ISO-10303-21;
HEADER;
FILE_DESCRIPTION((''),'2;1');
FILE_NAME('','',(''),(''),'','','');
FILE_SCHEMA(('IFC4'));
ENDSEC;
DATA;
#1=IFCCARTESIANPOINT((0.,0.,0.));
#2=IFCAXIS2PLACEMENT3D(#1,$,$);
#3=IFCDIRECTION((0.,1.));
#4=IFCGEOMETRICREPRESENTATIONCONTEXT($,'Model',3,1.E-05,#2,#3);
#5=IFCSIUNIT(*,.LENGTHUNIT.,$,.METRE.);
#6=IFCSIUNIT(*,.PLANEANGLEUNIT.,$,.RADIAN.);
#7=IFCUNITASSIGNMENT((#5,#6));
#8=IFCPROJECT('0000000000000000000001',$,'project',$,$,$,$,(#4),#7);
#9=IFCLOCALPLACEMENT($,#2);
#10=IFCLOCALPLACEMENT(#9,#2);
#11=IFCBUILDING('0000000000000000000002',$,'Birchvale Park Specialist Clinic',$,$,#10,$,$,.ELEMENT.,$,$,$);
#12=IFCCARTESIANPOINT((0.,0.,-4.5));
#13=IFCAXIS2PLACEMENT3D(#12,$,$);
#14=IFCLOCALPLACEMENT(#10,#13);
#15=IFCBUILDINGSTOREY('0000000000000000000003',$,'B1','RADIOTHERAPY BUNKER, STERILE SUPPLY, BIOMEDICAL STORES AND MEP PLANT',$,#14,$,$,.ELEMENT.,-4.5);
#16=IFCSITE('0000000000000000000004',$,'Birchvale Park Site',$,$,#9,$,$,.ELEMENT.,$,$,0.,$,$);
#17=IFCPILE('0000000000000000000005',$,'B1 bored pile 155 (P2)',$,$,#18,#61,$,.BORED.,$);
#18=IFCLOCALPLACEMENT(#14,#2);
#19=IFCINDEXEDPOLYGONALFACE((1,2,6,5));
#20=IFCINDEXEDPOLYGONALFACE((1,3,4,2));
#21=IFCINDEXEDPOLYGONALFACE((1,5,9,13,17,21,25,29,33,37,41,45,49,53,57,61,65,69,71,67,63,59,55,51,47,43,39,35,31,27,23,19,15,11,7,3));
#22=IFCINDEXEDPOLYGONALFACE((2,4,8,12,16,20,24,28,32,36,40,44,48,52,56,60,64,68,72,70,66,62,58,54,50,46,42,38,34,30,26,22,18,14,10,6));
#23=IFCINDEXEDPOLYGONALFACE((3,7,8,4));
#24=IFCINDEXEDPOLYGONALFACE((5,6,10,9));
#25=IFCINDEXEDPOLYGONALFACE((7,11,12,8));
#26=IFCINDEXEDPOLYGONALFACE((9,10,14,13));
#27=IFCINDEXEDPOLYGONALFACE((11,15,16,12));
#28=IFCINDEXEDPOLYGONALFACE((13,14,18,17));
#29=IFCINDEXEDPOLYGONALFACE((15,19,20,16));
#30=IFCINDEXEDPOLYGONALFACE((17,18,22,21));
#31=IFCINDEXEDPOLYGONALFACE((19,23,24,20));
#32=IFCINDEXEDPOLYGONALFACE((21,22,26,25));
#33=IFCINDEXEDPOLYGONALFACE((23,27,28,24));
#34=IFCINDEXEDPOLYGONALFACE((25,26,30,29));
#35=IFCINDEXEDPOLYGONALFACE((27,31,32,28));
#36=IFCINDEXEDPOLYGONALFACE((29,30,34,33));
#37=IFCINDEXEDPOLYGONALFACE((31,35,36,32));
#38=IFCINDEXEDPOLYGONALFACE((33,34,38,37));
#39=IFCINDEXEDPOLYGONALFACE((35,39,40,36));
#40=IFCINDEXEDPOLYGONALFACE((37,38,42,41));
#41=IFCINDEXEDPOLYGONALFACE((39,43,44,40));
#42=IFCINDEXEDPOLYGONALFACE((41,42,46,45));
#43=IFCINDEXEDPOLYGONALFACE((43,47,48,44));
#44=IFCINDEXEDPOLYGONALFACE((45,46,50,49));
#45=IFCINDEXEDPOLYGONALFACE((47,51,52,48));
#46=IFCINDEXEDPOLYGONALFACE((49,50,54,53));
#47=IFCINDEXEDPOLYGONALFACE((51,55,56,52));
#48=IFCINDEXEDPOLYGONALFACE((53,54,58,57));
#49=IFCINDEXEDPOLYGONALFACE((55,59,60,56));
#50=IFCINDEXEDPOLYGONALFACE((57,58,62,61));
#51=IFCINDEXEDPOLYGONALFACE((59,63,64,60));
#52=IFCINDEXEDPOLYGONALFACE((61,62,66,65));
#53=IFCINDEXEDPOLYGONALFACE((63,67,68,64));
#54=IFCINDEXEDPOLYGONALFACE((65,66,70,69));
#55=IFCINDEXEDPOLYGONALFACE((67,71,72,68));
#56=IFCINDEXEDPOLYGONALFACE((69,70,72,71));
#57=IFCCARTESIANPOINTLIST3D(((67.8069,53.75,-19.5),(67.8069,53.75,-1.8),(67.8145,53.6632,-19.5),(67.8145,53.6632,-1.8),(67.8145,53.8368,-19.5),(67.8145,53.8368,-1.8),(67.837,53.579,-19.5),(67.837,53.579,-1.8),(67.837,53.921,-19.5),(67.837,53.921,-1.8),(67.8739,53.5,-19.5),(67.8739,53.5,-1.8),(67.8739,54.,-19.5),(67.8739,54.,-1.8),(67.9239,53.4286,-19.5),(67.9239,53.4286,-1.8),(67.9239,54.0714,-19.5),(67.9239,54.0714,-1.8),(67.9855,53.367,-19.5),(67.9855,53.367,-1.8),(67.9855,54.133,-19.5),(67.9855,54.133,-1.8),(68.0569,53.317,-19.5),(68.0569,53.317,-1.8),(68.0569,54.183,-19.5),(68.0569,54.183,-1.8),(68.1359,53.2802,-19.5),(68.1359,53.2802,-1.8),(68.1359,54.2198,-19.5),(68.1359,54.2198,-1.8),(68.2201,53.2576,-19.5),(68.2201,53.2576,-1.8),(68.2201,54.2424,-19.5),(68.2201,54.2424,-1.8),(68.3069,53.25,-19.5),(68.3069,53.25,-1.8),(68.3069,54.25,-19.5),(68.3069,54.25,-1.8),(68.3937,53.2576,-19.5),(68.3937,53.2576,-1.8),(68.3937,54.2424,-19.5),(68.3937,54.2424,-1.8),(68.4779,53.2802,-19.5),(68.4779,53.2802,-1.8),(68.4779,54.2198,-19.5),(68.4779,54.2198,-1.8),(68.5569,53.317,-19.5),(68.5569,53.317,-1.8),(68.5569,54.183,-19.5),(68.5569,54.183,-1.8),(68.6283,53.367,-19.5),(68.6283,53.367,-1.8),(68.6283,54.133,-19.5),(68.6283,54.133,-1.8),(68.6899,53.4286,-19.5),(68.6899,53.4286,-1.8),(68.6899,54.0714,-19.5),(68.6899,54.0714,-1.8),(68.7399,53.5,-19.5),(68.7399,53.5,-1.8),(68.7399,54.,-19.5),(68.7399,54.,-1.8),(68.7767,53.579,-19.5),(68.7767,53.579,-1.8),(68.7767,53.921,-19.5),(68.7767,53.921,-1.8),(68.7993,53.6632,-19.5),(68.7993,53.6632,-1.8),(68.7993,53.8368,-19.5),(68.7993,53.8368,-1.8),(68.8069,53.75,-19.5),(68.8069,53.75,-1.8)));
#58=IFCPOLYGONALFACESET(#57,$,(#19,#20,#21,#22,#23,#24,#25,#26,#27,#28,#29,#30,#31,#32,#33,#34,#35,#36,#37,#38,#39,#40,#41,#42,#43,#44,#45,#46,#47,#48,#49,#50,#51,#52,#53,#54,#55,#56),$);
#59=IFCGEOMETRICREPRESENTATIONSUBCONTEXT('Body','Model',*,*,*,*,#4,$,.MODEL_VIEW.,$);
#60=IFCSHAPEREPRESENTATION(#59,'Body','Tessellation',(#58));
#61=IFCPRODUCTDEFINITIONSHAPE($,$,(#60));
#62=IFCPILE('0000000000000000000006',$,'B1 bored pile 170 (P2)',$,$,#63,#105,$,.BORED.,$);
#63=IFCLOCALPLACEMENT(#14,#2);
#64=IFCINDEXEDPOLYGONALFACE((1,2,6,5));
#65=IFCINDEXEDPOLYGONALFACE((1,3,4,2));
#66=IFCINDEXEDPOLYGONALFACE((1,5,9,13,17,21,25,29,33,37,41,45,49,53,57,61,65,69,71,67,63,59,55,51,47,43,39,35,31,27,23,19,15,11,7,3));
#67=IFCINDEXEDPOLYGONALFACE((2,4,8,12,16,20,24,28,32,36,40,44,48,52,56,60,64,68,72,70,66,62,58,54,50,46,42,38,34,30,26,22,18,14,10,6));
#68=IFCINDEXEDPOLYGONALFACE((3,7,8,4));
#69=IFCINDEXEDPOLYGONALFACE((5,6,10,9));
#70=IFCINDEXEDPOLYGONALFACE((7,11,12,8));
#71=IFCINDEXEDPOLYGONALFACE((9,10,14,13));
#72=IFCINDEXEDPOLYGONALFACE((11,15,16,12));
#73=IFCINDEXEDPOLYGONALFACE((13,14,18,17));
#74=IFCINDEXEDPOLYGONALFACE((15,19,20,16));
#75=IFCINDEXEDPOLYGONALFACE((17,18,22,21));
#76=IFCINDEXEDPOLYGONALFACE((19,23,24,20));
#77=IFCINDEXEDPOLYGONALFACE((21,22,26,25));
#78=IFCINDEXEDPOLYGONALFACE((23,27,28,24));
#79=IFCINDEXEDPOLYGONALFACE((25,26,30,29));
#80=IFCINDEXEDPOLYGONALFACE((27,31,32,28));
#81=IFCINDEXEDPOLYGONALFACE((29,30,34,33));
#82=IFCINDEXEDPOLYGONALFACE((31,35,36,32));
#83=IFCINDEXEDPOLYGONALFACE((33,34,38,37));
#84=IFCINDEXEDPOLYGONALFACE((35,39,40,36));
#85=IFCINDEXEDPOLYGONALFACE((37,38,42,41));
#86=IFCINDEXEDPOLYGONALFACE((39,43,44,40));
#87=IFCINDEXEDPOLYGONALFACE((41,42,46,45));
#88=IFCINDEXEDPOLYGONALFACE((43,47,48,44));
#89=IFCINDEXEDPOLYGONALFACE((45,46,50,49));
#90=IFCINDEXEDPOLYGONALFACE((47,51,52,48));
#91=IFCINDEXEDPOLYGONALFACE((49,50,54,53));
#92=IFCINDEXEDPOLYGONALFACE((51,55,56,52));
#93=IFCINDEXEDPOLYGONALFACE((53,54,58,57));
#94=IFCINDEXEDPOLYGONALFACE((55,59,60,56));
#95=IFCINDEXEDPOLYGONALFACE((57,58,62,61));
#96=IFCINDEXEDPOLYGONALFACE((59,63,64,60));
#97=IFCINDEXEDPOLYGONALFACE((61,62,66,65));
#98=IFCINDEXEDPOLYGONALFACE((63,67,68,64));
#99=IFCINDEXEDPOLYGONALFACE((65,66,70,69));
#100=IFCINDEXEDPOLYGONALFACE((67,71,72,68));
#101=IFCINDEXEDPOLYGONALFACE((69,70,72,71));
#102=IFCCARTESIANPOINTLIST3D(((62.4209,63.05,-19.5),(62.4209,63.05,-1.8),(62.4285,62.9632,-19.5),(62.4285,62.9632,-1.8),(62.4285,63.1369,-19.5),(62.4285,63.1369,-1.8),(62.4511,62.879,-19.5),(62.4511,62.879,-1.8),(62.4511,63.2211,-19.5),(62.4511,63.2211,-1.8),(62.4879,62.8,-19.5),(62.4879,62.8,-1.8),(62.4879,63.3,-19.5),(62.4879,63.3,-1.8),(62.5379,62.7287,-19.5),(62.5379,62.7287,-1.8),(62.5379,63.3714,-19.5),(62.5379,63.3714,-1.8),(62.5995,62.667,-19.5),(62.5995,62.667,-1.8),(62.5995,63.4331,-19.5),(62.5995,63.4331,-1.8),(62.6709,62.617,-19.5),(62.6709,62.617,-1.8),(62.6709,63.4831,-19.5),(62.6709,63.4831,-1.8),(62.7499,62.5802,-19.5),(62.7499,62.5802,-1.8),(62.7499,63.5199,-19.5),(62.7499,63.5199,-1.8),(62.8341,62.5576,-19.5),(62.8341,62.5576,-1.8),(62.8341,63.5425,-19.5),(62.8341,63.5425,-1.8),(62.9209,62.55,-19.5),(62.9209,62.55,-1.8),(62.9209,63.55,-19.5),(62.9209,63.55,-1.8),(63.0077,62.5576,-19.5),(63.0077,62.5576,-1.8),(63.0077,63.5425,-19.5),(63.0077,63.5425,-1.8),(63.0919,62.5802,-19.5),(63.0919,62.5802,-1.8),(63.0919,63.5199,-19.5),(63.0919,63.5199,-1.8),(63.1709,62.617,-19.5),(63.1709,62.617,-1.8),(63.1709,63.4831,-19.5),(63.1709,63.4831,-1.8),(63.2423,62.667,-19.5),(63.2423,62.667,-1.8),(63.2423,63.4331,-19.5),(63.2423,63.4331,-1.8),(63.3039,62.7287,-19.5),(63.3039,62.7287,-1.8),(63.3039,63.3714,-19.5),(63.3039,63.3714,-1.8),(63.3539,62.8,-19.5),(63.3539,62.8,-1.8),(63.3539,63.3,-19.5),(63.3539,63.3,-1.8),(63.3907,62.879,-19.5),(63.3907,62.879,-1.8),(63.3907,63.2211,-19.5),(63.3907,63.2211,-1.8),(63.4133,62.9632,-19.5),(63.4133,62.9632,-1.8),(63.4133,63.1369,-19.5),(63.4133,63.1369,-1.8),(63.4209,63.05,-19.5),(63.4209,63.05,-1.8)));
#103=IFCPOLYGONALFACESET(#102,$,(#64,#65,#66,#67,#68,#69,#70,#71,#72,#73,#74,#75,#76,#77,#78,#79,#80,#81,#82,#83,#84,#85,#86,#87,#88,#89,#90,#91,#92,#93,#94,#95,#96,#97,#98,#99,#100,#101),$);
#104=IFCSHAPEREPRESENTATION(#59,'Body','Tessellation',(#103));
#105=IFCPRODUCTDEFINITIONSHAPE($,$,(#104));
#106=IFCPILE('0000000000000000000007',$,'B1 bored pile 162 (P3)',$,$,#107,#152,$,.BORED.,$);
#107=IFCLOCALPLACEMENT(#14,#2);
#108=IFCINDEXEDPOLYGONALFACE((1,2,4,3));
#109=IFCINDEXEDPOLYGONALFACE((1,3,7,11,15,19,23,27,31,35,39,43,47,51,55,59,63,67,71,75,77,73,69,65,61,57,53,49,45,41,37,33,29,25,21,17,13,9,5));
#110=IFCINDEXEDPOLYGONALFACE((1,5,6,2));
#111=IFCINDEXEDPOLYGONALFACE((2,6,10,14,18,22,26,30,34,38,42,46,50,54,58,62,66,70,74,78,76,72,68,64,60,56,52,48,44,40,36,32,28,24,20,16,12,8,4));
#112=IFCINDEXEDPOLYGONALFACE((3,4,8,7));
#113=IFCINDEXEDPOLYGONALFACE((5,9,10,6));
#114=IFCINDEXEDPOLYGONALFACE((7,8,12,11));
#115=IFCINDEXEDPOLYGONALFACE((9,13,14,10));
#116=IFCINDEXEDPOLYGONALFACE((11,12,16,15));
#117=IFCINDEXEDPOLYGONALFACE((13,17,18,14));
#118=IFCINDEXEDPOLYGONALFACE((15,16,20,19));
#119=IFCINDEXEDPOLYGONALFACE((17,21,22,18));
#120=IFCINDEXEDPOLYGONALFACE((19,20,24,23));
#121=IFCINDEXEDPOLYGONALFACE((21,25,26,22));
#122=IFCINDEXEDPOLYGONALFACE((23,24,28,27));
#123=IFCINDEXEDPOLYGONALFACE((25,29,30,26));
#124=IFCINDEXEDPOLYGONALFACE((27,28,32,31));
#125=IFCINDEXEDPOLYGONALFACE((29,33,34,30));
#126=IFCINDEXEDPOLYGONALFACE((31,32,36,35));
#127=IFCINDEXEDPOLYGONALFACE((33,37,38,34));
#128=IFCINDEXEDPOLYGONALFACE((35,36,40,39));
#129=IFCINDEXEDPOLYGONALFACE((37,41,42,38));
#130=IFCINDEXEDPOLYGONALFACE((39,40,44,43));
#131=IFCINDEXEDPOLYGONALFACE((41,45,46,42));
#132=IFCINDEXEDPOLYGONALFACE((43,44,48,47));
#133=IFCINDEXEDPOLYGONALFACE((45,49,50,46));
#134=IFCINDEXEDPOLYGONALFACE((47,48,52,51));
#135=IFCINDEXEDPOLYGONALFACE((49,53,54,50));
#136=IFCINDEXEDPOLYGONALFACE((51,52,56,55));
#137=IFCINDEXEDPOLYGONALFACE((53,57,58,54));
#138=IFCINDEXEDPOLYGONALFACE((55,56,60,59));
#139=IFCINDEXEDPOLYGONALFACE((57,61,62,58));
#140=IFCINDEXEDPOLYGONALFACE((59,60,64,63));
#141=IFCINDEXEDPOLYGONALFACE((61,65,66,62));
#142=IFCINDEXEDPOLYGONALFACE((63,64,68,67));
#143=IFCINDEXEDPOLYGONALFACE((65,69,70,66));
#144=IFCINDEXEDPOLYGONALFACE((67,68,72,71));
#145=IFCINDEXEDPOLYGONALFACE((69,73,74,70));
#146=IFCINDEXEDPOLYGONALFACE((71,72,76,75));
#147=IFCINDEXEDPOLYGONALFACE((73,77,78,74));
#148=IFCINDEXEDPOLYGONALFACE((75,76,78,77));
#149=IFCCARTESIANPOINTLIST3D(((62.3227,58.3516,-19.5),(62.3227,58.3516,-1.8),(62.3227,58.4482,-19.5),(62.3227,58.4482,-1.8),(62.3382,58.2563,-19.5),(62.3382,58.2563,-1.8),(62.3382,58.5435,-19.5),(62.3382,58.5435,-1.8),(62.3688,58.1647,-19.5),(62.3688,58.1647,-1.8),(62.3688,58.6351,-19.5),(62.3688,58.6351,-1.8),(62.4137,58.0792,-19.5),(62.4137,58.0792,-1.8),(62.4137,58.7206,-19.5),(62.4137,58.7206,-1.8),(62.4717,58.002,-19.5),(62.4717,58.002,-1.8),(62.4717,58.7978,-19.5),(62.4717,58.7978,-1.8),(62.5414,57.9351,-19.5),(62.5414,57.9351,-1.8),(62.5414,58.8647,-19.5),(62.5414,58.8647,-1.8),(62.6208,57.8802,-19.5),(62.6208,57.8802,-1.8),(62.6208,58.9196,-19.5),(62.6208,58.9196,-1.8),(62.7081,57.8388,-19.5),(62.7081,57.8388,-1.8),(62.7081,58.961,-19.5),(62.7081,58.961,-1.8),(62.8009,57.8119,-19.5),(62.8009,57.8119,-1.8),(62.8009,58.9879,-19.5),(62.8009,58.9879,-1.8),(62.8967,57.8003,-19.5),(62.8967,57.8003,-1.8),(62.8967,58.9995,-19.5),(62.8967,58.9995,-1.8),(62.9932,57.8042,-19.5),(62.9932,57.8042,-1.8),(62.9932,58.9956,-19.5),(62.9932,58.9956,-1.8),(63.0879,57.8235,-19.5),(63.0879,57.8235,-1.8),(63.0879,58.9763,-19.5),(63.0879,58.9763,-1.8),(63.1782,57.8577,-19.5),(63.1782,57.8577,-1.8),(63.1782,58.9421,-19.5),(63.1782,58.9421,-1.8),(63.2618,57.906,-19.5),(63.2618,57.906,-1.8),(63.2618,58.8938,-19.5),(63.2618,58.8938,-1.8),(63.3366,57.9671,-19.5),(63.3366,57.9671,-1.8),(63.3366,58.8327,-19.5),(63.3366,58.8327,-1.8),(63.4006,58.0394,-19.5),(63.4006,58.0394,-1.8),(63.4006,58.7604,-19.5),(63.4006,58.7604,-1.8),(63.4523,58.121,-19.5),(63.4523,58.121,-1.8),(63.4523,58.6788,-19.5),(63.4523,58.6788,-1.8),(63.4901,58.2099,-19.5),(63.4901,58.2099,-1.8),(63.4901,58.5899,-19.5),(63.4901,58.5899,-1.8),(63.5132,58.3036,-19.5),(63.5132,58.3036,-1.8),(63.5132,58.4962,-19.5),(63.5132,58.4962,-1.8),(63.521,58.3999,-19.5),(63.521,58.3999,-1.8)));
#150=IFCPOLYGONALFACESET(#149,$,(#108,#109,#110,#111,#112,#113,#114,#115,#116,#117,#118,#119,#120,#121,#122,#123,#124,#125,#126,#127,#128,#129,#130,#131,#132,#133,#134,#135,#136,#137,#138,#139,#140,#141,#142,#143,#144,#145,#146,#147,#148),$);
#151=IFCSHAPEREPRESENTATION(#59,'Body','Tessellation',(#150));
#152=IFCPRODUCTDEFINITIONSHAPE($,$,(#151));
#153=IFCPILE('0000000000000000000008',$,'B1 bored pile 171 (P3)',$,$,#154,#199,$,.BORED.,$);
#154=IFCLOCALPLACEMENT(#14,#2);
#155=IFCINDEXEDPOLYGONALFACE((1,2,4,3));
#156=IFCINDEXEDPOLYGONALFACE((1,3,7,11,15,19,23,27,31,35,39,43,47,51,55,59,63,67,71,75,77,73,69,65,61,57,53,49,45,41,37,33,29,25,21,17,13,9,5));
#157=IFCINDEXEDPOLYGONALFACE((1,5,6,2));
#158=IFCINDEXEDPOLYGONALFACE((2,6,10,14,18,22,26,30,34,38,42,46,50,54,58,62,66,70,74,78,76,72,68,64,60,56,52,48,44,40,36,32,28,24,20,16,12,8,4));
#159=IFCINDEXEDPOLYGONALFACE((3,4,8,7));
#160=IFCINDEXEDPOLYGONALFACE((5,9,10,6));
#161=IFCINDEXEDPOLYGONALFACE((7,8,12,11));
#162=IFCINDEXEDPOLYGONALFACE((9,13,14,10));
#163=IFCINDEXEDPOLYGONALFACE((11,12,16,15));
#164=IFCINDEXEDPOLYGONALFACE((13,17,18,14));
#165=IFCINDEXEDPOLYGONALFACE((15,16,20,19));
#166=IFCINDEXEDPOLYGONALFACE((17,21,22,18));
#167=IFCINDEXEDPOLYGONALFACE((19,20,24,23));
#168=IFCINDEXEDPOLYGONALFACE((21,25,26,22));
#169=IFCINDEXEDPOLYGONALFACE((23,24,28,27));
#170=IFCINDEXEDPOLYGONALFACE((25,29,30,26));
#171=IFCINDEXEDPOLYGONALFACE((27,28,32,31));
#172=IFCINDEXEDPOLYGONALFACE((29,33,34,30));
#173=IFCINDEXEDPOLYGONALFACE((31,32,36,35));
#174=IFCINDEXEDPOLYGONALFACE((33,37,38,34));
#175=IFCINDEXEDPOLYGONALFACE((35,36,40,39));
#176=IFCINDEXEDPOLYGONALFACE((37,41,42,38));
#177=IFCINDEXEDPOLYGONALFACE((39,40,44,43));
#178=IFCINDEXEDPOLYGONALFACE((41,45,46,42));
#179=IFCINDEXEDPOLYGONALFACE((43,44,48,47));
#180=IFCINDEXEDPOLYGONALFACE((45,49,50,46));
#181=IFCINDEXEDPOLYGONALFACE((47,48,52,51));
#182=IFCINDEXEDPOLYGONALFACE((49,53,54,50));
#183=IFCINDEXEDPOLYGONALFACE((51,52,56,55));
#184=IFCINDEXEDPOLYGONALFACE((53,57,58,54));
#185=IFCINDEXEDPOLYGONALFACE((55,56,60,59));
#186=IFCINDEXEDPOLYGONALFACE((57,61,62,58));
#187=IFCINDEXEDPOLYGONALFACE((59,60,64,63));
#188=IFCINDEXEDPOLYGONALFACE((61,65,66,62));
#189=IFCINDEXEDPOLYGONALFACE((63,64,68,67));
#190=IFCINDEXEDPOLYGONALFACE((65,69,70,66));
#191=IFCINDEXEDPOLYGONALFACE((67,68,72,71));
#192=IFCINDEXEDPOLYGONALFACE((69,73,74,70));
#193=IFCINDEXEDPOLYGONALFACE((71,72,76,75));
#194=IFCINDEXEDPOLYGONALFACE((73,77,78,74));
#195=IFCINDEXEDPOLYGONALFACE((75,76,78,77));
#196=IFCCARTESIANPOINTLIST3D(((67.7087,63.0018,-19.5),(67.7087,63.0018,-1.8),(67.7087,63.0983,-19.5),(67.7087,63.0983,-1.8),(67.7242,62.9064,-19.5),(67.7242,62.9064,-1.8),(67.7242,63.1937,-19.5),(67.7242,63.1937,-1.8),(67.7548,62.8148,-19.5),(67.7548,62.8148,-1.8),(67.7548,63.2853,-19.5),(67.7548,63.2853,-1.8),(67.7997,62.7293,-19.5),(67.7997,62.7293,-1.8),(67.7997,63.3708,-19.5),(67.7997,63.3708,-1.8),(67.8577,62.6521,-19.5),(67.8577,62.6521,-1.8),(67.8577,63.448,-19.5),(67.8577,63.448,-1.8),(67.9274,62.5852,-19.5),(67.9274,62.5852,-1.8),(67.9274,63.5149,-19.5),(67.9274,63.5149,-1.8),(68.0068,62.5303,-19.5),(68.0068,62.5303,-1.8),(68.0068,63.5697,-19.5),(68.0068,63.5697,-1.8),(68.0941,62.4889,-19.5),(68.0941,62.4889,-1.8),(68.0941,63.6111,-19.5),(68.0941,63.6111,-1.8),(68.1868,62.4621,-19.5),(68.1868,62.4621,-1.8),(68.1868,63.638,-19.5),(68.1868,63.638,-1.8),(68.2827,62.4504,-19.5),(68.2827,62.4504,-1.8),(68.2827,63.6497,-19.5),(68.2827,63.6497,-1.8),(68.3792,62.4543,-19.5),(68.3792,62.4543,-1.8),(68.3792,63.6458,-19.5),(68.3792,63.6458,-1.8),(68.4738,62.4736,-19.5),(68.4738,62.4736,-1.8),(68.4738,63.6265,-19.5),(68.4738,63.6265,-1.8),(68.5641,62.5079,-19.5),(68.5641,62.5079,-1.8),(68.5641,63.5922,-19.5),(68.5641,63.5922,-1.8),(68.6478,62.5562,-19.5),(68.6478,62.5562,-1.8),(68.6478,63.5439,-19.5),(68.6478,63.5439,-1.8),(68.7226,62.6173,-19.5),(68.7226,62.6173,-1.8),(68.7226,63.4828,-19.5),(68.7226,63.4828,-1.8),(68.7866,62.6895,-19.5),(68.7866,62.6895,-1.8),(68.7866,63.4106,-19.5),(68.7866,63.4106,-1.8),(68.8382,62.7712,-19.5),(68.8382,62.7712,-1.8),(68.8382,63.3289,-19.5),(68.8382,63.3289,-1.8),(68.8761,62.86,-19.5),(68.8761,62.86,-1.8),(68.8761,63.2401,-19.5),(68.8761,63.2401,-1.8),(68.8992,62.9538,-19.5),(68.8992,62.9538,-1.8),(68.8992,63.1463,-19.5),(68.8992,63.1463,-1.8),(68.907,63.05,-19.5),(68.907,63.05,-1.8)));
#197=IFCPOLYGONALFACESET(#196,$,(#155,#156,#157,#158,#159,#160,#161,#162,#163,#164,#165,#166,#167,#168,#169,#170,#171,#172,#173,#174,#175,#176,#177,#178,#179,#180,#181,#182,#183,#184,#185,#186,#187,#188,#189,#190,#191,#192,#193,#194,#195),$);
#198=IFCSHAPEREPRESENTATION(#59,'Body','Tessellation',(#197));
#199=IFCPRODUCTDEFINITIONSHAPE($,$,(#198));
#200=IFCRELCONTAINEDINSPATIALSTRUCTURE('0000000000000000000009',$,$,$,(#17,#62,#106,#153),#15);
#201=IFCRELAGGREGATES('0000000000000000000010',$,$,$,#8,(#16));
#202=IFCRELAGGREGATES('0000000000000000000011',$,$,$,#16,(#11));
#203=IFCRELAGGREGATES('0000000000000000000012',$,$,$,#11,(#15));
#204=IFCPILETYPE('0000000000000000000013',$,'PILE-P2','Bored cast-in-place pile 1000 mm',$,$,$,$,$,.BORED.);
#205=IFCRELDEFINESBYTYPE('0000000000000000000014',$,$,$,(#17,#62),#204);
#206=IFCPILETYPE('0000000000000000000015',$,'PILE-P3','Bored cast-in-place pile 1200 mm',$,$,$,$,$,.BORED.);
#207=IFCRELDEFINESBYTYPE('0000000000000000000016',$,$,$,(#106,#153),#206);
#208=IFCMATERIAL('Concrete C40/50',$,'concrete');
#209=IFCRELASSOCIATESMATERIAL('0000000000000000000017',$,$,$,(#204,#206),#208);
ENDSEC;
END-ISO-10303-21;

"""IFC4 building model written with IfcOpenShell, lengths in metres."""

from ifc_helpers import new_model, si_unit, direction, frame, origin, origin_2d, place, context, subcontext, project, spatial, circle, extrude, material, material_profile, profile_set, type_object, element, save


model = new_model("IFC4")

# Units and contexts
model_context = context("Model", 3, precision=1e-05, world=origin(), true_north=direction((0.0, 1.0)))
body_context = subcontext(model_context, "Body", "Model", "MODEL_VIEW")
ifc_project = project(units=[si_unit("LENGTHUNIT", "METRE"), si_unit("PLANEANGLEUNIT", "RADIAN")], contexts=[model_context])

# Site, building, storey
site_placement = place(None, origin())
site = spatial("IfcSite", under=ifc_project, at=site_placement, Name="Birchvale Park Site", CompositionType="ELEMENT", RefElevation=0.0)
building_placement = place(site_placement, origin())
building = spatial("IfcBuilding", under=site, at=building_placement, Name="Birchvale Park Specialist Clinic", CompositionType="ELEMENT")
storey_placement = place(building_placement, frame((0.0, 0.0, -4.5)))
storey = spatial("IfcBuildingStorey", under=building, at=storey_placement, Name="B1", Description="RADIOTHERAPY BUNKER, STERILE SUPPLY, BIOMEDICAL STORES AND MEP PLANT", CompositionType="ELEMENT", Elevation=-4.5)

# Shared definitions
ifc_material_1 = material(Name="Concrete C40/50", Category="concrete")

# Piles
ifc_material_profile_1 = material_profile(ifc_material_1, circle(Radius=0.5, at=origin_2d()), Name="PILE-1000")
ifc_profile_set_1 = profile_set([ifc_material_profile_1], Name="Concrete C40/50")
pile_type_1 = type_object("IfcPileType", Name="PILE-P2", Description="Bored cast-in-place pile 1000 mm", PredefinedType="BORED", material=ifc_profile_set_1)
for number, where, z_axis, x_axis, name in (
    (1, (68.3069, 53.75, -1.8), (0.0, 0.0, -1.0), (1.0, 0.0, 0.0), "B1 bored pile 155 (P2)"),
    (2, (62.9209, 63.05, -1.8), (0.0, 0.0, -1.0), (1.0, 0.0, 0.0), "B1 bored pile 170 (P2)"),
):
    element("IfcPile", number, at=place(storey_placement, frame(where, z_axis=z_axis, x_axis=x_axis)), inside=storey, type_object=pile_type_1, Name=name, PredefinedType="BORED", context=body_context, shape_type="SweptSolid", body=[
        extrude(circle(Radius=0.5, at=origin_2d()), origin(), (0.0, 0.0, 1.0), 17.7),
    ])
ifc_material_profile_2 = material_profile(ifc_material_1, circle(Radius=0.6001, at=origin_2d()), Name="PILE-1200")
ifc_profile_set_2 = profile_set([ifc_material_profile_2], Name="Concrete C40/50")
pile_type_2 = type_object("IfcPileType", Name="PILE-P3", Description="Bored cast-in-place pile 1200 mm", PredefinedType="BORED", material=ifc_profile_set_2)
for number, where, z_axis, x_axis, name in (
    (3, (62.9209, 58.3999, -1.8), (0.0, 0.0, -1.0), (1.0, 0.0, 0.0), "B1 bored pile 162 (P3)"),
    (4, (68.3069, 63.05, -1.8), (0.0, 0.0, -1.0), (1.0, 0.0, 0.0), "B1 bored pile 171 (P3)"),
):
    element("IfcPile", number, at=place(storey_placement, frame(where, z_axis=z_axis, x_axis=x_axis)), inside=storey, type_object=pile_type_2, Name=name, PredefinedType="BORED", context=body_context, shape_type="SweptSolid", body=[
        extrude(circle(Radius=0.6001, at=origin_2d()), origin(), (0.0, 0.0, 1.0), 17.7),
    ])

save(model, "model.ifc")
